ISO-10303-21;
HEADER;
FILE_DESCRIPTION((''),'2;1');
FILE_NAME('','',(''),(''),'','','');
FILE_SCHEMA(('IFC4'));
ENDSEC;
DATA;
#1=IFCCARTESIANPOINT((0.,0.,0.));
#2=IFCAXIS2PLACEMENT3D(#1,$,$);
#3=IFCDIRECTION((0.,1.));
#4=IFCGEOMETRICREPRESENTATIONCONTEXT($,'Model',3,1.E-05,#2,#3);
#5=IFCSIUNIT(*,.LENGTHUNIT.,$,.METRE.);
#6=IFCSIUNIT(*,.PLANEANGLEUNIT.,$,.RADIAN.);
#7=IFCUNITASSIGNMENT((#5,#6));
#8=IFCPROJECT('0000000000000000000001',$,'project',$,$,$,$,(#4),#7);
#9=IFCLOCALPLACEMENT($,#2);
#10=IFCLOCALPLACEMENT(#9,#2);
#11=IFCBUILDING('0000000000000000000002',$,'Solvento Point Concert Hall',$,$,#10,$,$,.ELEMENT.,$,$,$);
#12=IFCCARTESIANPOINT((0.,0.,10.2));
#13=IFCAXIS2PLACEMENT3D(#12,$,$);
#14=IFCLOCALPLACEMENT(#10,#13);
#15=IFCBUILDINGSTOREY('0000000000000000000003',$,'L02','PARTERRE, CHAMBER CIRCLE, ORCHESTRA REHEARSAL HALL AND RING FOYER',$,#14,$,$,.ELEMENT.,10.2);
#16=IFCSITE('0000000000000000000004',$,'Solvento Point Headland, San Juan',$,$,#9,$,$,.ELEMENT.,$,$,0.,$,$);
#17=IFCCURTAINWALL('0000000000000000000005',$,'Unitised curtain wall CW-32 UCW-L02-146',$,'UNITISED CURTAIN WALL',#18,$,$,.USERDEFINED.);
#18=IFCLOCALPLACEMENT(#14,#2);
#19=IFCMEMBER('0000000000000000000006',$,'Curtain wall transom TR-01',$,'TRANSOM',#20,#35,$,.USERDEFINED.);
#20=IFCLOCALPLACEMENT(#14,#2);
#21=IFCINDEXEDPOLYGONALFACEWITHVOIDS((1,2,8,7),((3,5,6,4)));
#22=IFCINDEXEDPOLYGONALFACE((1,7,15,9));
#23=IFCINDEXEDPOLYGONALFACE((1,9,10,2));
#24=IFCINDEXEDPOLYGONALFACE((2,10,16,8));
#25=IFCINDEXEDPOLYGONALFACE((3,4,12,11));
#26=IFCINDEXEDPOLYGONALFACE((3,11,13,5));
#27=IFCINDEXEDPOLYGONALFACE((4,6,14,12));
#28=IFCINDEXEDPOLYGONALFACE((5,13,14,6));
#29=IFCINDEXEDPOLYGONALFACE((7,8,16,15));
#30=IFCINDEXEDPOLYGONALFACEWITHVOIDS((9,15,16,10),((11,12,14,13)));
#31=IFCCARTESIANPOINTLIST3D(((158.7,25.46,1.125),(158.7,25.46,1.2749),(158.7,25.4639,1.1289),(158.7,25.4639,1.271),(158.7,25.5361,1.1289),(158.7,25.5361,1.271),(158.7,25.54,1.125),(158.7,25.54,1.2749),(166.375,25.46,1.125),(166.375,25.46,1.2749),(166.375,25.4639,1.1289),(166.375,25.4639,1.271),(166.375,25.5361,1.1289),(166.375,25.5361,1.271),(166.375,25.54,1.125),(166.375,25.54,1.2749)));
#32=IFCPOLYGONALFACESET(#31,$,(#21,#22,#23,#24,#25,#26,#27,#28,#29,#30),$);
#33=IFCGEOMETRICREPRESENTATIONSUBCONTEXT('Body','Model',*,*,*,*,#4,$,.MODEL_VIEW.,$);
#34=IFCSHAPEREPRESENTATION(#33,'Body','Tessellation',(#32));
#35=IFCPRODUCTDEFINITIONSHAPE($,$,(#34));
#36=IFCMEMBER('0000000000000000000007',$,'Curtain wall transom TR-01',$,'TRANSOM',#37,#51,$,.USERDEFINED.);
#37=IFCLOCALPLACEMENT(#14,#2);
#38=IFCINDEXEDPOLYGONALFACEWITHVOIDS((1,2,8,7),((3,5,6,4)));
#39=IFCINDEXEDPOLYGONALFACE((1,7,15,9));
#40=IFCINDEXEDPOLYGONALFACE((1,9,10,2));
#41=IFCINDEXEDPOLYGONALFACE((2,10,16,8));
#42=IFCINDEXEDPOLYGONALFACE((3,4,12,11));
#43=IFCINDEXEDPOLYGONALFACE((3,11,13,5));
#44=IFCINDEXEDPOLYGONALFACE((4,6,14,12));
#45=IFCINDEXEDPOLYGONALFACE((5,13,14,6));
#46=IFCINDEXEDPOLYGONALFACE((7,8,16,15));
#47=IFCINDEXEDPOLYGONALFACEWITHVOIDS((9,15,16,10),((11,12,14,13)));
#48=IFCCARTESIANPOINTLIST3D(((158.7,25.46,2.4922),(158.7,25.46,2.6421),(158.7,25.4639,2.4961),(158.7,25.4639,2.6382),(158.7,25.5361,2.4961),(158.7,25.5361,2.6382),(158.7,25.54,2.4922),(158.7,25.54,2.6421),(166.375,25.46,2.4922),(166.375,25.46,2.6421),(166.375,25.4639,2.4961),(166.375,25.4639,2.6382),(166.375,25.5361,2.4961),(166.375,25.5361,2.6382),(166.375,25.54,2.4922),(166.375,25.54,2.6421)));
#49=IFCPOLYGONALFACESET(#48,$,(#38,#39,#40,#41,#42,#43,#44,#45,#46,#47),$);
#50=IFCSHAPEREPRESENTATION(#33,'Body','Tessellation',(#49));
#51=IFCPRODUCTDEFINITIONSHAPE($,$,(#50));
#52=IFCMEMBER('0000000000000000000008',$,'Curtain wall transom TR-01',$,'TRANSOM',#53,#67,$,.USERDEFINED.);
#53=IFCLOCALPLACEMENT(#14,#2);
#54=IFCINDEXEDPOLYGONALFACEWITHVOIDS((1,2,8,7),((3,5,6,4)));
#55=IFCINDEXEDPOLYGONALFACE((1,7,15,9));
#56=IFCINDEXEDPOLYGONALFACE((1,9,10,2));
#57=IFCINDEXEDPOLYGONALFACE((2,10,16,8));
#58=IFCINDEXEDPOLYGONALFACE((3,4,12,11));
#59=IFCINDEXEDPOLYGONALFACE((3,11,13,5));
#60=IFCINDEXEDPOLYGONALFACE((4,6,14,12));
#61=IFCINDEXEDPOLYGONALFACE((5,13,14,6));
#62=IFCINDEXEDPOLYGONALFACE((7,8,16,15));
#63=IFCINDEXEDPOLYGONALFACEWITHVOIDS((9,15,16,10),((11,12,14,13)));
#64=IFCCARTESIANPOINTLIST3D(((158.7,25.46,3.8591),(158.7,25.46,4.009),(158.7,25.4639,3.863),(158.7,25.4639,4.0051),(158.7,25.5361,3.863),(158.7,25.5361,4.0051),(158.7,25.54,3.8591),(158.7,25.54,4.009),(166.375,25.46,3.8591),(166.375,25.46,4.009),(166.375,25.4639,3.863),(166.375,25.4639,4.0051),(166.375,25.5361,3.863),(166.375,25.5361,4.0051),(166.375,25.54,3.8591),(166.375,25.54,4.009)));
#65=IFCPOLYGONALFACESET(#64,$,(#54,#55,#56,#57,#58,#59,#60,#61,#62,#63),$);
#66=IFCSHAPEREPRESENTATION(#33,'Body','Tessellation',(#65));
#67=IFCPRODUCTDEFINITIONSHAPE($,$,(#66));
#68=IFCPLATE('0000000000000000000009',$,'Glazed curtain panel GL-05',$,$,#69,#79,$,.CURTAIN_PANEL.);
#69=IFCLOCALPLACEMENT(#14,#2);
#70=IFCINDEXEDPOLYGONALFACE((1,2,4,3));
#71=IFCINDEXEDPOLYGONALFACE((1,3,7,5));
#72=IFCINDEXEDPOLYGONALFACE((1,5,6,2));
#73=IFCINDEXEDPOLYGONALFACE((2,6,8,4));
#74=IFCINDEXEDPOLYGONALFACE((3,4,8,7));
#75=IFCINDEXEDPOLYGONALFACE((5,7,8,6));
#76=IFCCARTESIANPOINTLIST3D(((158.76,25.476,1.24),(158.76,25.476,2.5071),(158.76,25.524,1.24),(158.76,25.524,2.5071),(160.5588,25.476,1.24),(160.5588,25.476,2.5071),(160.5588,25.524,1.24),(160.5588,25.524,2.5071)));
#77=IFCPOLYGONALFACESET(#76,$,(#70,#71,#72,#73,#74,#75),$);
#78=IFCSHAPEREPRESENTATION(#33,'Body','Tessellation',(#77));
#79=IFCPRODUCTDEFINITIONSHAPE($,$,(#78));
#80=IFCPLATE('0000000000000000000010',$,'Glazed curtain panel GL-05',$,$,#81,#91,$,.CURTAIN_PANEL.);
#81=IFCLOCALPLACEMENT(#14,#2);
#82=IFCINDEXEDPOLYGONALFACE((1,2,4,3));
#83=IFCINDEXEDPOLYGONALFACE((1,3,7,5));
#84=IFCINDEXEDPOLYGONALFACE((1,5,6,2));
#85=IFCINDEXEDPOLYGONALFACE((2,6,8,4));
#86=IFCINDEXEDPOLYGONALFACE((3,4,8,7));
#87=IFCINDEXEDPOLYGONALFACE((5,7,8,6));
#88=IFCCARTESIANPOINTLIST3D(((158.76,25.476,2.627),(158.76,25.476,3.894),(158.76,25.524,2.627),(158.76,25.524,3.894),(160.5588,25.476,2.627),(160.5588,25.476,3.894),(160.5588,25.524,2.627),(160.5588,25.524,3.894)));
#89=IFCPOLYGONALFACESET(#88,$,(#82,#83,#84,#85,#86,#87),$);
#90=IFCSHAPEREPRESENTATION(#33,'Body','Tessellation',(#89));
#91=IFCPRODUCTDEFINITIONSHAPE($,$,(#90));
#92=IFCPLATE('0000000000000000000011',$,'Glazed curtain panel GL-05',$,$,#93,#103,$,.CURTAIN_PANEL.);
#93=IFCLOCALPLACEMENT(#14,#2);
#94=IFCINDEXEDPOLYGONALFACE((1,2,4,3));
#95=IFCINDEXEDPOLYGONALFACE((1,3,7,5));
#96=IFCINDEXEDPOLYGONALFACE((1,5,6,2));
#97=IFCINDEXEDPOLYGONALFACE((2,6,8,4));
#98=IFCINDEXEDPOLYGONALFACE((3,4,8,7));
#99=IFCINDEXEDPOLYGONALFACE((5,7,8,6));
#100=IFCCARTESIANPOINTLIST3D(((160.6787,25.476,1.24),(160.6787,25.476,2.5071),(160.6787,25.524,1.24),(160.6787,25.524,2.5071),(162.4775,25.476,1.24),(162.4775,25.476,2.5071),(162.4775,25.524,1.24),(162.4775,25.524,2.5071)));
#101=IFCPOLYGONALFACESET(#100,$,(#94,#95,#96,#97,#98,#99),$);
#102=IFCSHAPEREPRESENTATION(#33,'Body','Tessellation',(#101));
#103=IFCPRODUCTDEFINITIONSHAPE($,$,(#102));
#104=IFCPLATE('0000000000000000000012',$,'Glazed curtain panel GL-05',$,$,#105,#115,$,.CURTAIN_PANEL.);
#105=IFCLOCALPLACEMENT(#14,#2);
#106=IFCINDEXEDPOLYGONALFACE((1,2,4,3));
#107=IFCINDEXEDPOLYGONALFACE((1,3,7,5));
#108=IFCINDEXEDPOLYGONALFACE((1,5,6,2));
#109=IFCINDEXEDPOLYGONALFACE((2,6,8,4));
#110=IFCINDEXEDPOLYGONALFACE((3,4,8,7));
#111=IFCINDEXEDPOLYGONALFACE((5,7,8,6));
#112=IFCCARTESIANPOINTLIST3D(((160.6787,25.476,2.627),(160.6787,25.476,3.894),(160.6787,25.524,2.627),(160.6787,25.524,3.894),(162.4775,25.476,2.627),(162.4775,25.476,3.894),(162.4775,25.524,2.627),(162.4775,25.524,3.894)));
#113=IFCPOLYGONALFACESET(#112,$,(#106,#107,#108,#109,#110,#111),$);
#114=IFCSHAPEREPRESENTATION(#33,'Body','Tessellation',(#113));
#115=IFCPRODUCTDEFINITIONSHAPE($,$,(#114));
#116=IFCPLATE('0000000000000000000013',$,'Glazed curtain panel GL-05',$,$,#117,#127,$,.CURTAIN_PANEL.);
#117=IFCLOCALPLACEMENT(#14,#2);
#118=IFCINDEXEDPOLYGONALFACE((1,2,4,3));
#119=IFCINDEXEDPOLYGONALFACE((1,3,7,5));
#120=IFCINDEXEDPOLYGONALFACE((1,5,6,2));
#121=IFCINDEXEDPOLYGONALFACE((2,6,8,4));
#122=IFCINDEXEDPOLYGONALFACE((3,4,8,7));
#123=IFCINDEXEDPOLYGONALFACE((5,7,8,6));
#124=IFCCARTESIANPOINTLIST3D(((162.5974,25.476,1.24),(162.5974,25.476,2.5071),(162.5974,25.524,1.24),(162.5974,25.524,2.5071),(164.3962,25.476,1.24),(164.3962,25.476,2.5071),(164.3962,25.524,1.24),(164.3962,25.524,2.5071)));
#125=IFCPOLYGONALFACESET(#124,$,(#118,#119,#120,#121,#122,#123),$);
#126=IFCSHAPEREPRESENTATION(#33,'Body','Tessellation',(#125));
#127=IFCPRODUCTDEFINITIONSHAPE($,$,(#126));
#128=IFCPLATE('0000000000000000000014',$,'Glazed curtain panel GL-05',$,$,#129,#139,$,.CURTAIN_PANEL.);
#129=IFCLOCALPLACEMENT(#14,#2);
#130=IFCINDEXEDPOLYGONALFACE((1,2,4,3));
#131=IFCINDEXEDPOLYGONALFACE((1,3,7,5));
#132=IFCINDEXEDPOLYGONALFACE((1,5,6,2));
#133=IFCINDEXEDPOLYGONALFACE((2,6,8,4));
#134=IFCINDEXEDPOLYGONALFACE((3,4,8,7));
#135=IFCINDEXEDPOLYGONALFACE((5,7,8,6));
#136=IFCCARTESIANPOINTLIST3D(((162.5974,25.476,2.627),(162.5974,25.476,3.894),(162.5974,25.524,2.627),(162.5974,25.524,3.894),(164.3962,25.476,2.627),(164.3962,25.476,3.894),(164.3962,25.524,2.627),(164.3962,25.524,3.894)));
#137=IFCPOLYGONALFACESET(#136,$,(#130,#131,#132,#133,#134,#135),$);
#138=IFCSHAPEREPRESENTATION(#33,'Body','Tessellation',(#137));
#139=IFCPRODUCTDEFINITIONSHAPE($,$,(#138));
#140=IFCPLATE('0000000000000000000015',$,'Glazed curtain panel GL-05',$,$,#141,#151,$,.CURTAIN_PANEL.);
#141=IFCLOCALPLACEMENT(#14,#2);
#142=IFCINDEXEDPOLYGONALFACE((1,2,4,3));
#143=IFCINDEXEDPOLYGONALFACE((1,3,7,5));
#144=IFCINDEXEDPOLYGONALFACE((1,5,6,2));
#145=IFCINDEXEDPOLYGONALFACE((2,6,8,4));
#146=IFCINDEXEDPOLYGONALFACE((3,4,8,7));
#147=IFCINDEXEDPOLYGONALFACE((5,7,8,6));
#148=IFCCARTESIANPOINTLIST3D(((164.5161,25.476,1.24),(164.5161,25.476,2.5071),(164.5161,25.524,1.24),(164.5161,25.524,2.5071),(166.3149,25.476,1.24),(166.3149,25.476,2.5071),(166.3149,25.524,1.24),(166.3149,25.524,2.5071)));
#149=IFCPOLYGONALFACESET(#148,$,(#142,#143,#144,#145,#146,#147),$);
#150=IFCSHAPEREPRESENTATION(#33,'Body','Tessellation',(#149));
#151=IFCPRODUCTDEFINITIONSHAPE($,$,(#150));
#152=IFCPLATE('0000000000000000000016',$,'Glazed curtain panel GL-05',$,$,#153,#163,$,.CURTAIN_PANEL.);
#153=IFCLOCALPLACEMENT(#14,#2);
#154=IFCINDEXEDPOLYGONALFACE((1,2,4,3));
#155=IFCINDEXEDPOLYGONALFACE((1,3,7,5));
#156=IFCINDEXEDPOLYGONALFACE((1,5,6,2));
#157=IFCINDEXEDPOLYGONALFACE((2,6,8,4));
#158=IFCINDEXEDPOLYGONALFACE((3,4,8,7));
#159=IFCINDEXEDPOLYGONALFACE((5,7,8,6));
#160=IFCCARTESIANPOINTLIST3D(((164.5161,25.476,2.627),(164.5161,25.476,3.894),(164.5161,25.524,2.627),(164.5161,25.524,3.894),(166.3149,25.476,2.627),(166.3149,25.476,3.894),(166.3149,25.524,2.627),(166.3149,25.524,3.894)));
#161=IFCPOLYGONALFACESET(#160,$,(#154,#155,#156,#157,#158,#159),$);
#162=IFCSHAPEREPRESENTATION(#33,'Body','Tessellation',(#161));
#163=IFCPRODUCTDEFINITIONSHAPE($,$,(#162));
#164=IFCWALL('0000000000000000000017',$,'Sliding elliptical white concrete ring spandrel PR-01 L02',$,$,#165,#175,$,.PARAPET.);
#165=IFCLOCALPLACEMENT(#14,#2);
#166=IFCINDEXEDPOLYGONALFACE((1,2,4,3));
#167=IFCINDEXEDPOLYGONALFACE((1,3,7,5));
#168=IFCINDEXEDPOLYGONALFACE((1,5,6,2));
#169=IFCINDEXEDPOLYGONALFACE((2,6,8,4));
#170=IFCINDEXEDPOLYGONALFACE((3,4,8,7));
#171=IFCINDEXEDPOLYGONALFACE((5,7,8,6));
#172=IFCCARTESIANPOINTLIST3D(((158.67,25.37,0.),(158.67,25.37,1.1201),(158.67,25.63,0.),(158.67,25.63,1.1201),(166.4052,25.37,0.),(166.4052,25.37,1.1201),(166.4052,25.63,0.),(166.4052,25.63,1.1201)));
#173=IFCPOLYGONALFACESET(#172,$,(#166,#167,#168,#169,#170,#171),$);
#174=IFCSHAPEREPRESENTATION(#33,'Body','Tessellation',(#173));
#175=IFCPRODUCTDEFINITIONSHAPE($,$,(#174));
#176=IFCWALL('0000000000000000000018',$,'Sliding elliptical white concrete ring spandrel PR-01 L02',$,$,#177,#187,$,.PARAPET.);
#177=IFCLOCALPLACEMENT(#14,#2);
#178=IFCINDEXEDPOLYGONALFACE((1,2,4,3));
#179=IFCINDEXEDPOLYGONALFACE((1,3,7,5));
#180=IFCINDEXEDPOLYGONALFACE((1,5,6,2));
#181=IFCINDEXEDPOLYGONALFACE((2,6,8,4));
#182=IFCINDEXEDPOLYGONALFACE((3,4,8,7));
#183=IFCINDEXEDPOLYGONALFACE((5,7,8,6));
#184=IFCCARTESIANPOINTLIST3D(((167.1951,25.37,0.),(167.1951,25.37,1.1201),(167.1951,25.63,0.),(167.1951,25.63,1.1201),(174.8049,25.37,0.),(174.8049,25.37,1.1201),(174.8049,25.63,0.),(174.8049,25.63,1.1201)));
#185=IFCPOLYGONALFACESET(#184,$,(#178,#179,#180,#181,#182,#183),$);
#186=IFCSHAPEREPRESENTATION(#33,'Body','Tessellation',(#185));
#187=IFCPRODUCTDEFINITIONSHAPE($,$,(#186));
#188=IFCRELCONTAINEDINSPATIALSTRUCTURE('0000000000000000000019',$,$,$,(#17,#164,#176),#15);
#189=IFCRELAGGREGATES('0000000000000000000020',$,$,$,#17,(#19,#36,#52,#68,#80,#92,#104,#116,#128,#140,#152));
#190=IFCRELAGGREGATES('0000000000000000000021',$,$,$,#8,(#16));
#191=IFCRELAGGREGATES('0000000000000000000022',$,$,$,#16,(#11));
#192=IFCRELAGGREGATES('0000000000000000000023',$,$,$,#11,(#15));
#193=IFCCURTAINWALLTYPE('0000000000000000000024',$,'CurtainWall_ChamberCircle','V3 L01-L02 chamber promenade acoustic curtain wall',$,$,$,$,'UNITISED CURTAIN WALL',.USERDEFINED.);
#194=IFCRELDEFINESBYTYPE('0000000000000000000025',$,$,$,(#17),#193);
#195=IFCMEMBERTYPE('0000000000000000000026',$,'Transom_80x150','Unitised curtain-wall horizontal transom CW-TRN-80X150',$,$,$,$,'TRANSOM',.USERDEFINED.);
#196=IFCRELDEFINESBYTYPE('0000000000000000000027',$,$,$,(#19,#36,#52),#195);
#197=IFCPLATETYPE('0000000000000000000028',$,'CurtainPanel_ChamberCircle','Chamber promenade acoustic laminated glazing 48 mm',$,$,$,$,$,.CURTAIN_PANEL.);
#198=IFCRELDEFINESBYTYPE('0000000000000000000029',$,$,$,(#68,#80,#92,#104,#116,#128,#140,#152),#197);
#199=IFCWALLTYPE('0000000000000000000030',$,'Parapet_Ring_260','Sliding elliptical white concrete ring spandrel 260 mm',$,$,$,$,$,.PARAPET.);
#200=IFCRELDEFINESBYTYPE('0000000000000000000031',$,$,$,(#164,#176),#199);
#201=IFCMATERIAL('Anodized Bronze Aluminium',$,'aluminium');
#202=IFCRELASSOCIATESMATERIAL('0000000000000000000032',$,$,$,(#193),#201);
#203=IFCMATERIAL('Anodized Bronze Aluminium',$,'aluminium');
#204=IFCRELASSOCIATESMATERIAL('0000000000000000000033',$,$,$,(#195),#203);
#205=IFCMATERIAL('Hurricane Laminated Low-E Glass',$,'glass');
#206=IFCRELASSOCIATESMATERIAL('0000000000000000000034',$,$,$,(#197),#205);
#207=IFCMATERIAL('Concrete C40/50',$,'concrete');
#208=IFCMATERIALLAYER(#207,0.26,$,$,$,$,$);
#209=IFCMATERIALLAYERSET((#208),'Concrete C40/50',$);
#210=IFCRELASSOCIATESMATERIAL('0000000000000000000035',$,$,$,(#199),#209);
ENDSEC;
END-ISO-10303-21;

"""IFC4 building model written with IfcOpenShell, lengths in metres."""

from ifc_helpers import new_model, si_unit, direction, frame, frame_2d, origin, origin_2d, place, context, subcontext, project, spatial, rectangle, hollow_rectangle, extrude, material, layer, layer_set, material_profile, profile_set, type_object, element, aggregate, save


model = new_model("IFC4")

# Units and contexts
model_context = context("Model", 3, precision=1e-05, world=origin(), true_north=direction((0.0, 1.0)))
body_context = subcontext(model_context, "Body", "Model", "MODEL_VIEW")
ifc_project = project(units=[si_unit("LENGTHUNIT", "METRE"), si_unit("PLANEANGLEUNIT", "RADIAN")], contexts=[model_context])

# Site, building, storey
site_placement = place(None, origin())
site = spatial("IfcSite", under=ifc_project, at=site_placement, Name="Solvento Point Headland, San Juan", CompositionType="ELEMENT", RefElevation=0.0)
building_placement = place(site_placement, origin())
building = spatial("IfcBuilding", under=site, at=building_placement, Name="Solvento Point Concert Hall", CompositionType="ELEMENT")
storey_placement = place(building_placement, frame((0.0, 0.0, 10.2)))
storey = spatial("IfcBuildingStorey", under=building, at=storey_placement, Name="L02", Description="PARTERRE, CHAMBER CIRCLE, ORCHESTRA REHEARSAL HALL AND RING FOYER", CompositionType="ELEMENT", Elevation=10.2)

# Curtain wall
ifc_material_1 = material(Name="Anodized Bronze Aluminium", Category="aluminium")
curtain_wall_type = type_object("IfcCurtainWallType", Name="CurtainWall_ChamberCircle", Description="V3 L01-L02 chamber promenade acoustic curtain wall", ElementType="UNITISED CURTAIN WALL", PredefinedType="USERDEFINED", material=ifc_material_1)
curtain_wall_1_placement = place(storey_placement, origin())
curtain_wall_1 = element("IfcCurtainWall", 1, at=curtain_wall_1_placement, inside=storey, type_object=curtain_wall_type, Name="Unitised curtain wall CW-32 UCW-L02-146", ObjectType="UNITISED CURTAIN WALL", PredefinedType="USERDEFINED")

# Members
ifc_material_2 = material(Name="Anodized Bronze Aluminium", Category="aluminium")
ifc_material_profile_1 = material_profile(ifc_material_2, hollow_rectangle(XDim=0.0801, YDim=0.1499, WallThickness=0.0039, at=origin_2d()), Name="CW-TRN-80X150")
ifc_profile_set_1 = profile_set([ifc_material_profile_1], Name="Anodized Bronze Aluminium")
member_type_1 = type_object("IfcMemberType", Name="Transom_80x150", Description="Unitised curtain-wall horizontal transom CW-TRN-80X150", ElementType="TRANSOM", PredefinedType="USERDEFINED", material=ifc_profile_set_1)
member_1_placement = place(storey_placement, frame((158.7, 25.5, 1.2), z_axis=(1.0, 0.0, 0.0), x_axis=(0.0, 1.0, 0.0)))
member_1 = element("IfcMember", 2, at=member_1_placement, type_object=member_type_1, Name="Curtain wall transom TR-01", ObjectType="TRANSOM", PredefinedType="USERDEFINED", context=body_context, shape_type="SweptSolid", body=[
    extrude(hollow_rectangle(XDim=0.0801, YDim=0.1499, WallThickness=0.0039, at=origin_2d()), origin(), (0.0, 0.0, 1.0), 7.675),
])
member_2_placement = place(storey_placement, frame((158.7, 25.5, 2.5671), z_axis=(1.0, 0.0, 0.0), x_axis=(0.0, 1.0, 0.0)))
member_2 = element("IfcMember", 3, at=member_2_placement, type_object=member_type_1, Name="Curtain wall transom TR-01", ObjectType="TRANSOM", PredefinedType="USERDEFINED", context=body_context, shape_type="SweptSolid", body=[
    extrude(hollow_rectangle(XDim=0.0801, YDim=0.1499, WallThickness=0.0039, at=origin_2d()), origin(), (0.0, 0.0, 1.0), 7.675),
])
member_3_placement = place(storey_placement, frame((158.7, 25.5, 3.9341), z_axis=(1.0, 0.0, 0.0), x_axis=(0.0, 1.0, 0.0)))
member_3 = element("IfcMember", 4, at=member_3_placement, type_object=member_type_1, Name="Curtain wall transom TR-01", ObjectType="TRANSOM", PredefinedType="USERDEFINED", context=body_context, shape_type="SweptSolid", body=[
    extrude(hollow_rectangle(XDim=0.0801, YDim=0.1499, WallThickness=0.0039, at=origin_2d()), origin(), (0.0, 0.0, 1.0), 7.675),
])

# Plates
ifc_material_3 = material(Name="Hurricane Laminated Low-E Glass", Category="glass")
plate_type = type_object("IfcPlateType", Name="CurtainPanel_ChamberCircle", Description="Chamber promenade acoustic laminated glazing 48 mm", PredefinedType="CURTAIN_PANEL", material=ifc_material_3)
plate_1_placement = place(storey_placement, frame((159.6594, 25.5, 1.24), z_axis=(0.0, 0.0, 1.0), x_axis=(1.0, 0.0, 0.0)))
plate_1 = element("IfcPlate", 5, at=plate_1_placement, type_object=plate_type, Name="Glazed curtain panel GL-05", PredefinedType="CURTAIN_PANEL", context=body_context, shape_type="SweptSolid", body=[
    extrude(rectangle(XDim=1.7988, YDim=0.0481, at=origin_2d()), origin(), (0.0, 0.0, 1.0), 1.2671),
])
plate_2_placement = place(storey_placement, frame((159.6594, 25.5, 2.627), z_axis=(0.0, 0.0, 1.0), x_axis=(1.0, 0.0, 0.0)))
plate_2 = element("IfcPlate", 6, at=plate_2_placement, type_object=plate_type, Name="Glazed curtain panel GL-05", PredefinedType="CURTAIN_PANEL", context=body_context, shape_type="SweptSolid", body=[
    extrude(rectangle(XDim=1.7988, YDim=0.0481, at=origin_2d()), origin(), (0.0, 0.0, 1.0), 1.2671),
])
plate_3_placement = place(storey_placement, frame((161.5781, 25.5, 1.24), z_axis=(0.0, 0.0, 1.0), x_axis=(1.0, 0.0, 0.0)))
plate_3 = element("IfcPlate", 7, at=plate_3_placement, type_object=plate_type, Name="Glazed curtain panel GL-05", PredefinedType="CURTAIN_PANEL", context=body_context, shape_type="SweptSolid", body=[
    extrude(rectangle(XDim=1.7988, YDim=0.0481, at=origin_2d()), origin(), (0.0, 0.0, 1.0), 1.2671),
])
plate_4_placement = place(storey_placement, frame((161.5781, 25.5, 2.627), z_axis=(0.0, 0.0, 1.0), x_axis=(1.0, 0.0, 0.0)))
plate_4 = element("IfcPlate", 8, at=plate_4_placement, type_object=plate_type, Name="Glazed curtain panel GL-05", PredefinedType="CURTAIN_PANEL", context=body_context, shape_type="SweptSolid", body=[
    extrude(rectangle(XDim=1.7988, YDim=0.0481, at=origin_2d()), origin(), (0.0, 0.0, 1.0), 1.2671),
])
plate_5_placement = place(storey_placement, frame((163.4968, 25.5, 1.24), z_axis=(0.0, 0.0, 1.0), x_axis=(1.0, 0.0, 0.0)))
plate_5 = element("IfcPlate", 9, at=plate_5_placement, type_object=plate_type, Name="Glazed curtain panel GL-05", PredefinedType="CURTAIN_PANEL", context=body_context, shape_type="SweptSolid", body=[
    extrude(rectangle(XDim=1.7988, YDim=0.0481, at=origin_2d()), origin(), (0.0, 0.0, 1.0), 1.2671),
])
plate_6_placement = place(storey_placement, frame((163.4968, 25.5, 2.627), z_axis=(0.0, 0.0, 1.0), x_axis=(1.0, 0.0, 0.0)))
plate_6 = element("IfcPlate", 10, at=plate_6_placement, type_object=plate_type, Name="Glazed curtain panel GL-05", PredefinedType="CURTAIN_PANEL", context=body_context, shape_type="SweptSolid", body=[
    extrude(rectangle(XDim=1.7988, YDim=0.0481, at=origin_2d()), origin(), (0.0, 0.0, 1.0), 1.2671),
])
plate_7_placement = place(storey_placement, frame((165.4155, 25.5, 1.24), z_axis=(0.0, 0.0, 1.0), x_axis=(1.0, 0.0, 0.0)))
plate_7 = element("IfcPlate", 11, at=plate_7_placement, type_object=plate_type, Name="Glazed curtain panel GL-05", PredefinedType="CURTAIN_PANEL", context=body_context, shape_type="SweptSolid", body=[
    extrude(rectangle(XDim=1.7988, YDim=0.0481, at=origin_2d()), origin(), (0.0, 0.0, 1.0), 1.2671),
])
plate_8_placement = place(storey_placement, frame((165.4155, 25.5, 2.627), z_axis=(0.0, 0.0, 1.0), x_axis=(1.0, 0.0, 0.0)))
plate_8 = element("IfcPlate", 12, at=plate_8_placement, type_object=plate_type, Name="Glazed curtain panel GL-05", PredefinedType="CURTAIN_PANEL", context=body_context, shape_type="SweptSolid", body=[
    extrude(rectangle(XDim=1.7988, YDim=0.0481, at=origin_2d()), origin(), (0.0, 0.0, 1.0), 1.2671),
])
aggregate(curtain_wall_1, [member_1, member_2, member_3, plate_1, plate_2, plate_3, plate_4, plate_5, plate_6, plate_7, plate_8])

# Walls
ifc_material_4 = material(Name="Concrete C40/50", Category="concrete")
ifc_layer = layer(ifc_material_4, 0.26)
ifc_layer_set = layer_set([ifc_layer], Name="Concrete C40/50")
wall_type = type_object("IfcWallType", Name="Parapet_Ring_260", Description="Sliding elliptical white concrete ring spandrel 260 mm", PredefinedType="PARAPET", material=ifc_layer_set)
wall_1_placement = place(storey_placement, frame((158.6699, 25.5, 0.0), z_axis=(0.0, 0.0, 1.0), x_axis=(1.0, 0.0, 0.0)))
element("IfcWall", 13, at=wall_1_placement, inside=storey, type_object=wall_type, Name="Sliding elliptical white concrete ring spandrel PR-01 L02", PredefinedType="PARAPET", context=body_context, shape_type="SweptSolid", body=[
    extrude(rectangle(XDim=7.7351, YDim=0.26, at=frame_2d((3.8677, 0.0))), origin(), (0.0, 0.0, 1.0), 1.1201),
])
wall_2_placement = place(storey_placement, frame((167.1951, 25.5, 0.0), z_axis=(0.0, 0.0, 1.0), x_axis=(1.0, 0.0, 0.0)))
element("IfcWall", 14, at=wall_2_placement, inside=storey, type_object=wall_type, Name="Sliding elliptical white concrete ring spandrel PR-01 L02", PredefinedType="PARAPET", context=body_context, shape_type="SweptSolid", body=[
    extrude(rectangle(XDim=7.6099, YDim=0.26, at=frame_2d((3.8049, 0.0))), origin(), (0.0, 0.0, 1.0), 1.1201),
])

save(model, "model.ifc")
